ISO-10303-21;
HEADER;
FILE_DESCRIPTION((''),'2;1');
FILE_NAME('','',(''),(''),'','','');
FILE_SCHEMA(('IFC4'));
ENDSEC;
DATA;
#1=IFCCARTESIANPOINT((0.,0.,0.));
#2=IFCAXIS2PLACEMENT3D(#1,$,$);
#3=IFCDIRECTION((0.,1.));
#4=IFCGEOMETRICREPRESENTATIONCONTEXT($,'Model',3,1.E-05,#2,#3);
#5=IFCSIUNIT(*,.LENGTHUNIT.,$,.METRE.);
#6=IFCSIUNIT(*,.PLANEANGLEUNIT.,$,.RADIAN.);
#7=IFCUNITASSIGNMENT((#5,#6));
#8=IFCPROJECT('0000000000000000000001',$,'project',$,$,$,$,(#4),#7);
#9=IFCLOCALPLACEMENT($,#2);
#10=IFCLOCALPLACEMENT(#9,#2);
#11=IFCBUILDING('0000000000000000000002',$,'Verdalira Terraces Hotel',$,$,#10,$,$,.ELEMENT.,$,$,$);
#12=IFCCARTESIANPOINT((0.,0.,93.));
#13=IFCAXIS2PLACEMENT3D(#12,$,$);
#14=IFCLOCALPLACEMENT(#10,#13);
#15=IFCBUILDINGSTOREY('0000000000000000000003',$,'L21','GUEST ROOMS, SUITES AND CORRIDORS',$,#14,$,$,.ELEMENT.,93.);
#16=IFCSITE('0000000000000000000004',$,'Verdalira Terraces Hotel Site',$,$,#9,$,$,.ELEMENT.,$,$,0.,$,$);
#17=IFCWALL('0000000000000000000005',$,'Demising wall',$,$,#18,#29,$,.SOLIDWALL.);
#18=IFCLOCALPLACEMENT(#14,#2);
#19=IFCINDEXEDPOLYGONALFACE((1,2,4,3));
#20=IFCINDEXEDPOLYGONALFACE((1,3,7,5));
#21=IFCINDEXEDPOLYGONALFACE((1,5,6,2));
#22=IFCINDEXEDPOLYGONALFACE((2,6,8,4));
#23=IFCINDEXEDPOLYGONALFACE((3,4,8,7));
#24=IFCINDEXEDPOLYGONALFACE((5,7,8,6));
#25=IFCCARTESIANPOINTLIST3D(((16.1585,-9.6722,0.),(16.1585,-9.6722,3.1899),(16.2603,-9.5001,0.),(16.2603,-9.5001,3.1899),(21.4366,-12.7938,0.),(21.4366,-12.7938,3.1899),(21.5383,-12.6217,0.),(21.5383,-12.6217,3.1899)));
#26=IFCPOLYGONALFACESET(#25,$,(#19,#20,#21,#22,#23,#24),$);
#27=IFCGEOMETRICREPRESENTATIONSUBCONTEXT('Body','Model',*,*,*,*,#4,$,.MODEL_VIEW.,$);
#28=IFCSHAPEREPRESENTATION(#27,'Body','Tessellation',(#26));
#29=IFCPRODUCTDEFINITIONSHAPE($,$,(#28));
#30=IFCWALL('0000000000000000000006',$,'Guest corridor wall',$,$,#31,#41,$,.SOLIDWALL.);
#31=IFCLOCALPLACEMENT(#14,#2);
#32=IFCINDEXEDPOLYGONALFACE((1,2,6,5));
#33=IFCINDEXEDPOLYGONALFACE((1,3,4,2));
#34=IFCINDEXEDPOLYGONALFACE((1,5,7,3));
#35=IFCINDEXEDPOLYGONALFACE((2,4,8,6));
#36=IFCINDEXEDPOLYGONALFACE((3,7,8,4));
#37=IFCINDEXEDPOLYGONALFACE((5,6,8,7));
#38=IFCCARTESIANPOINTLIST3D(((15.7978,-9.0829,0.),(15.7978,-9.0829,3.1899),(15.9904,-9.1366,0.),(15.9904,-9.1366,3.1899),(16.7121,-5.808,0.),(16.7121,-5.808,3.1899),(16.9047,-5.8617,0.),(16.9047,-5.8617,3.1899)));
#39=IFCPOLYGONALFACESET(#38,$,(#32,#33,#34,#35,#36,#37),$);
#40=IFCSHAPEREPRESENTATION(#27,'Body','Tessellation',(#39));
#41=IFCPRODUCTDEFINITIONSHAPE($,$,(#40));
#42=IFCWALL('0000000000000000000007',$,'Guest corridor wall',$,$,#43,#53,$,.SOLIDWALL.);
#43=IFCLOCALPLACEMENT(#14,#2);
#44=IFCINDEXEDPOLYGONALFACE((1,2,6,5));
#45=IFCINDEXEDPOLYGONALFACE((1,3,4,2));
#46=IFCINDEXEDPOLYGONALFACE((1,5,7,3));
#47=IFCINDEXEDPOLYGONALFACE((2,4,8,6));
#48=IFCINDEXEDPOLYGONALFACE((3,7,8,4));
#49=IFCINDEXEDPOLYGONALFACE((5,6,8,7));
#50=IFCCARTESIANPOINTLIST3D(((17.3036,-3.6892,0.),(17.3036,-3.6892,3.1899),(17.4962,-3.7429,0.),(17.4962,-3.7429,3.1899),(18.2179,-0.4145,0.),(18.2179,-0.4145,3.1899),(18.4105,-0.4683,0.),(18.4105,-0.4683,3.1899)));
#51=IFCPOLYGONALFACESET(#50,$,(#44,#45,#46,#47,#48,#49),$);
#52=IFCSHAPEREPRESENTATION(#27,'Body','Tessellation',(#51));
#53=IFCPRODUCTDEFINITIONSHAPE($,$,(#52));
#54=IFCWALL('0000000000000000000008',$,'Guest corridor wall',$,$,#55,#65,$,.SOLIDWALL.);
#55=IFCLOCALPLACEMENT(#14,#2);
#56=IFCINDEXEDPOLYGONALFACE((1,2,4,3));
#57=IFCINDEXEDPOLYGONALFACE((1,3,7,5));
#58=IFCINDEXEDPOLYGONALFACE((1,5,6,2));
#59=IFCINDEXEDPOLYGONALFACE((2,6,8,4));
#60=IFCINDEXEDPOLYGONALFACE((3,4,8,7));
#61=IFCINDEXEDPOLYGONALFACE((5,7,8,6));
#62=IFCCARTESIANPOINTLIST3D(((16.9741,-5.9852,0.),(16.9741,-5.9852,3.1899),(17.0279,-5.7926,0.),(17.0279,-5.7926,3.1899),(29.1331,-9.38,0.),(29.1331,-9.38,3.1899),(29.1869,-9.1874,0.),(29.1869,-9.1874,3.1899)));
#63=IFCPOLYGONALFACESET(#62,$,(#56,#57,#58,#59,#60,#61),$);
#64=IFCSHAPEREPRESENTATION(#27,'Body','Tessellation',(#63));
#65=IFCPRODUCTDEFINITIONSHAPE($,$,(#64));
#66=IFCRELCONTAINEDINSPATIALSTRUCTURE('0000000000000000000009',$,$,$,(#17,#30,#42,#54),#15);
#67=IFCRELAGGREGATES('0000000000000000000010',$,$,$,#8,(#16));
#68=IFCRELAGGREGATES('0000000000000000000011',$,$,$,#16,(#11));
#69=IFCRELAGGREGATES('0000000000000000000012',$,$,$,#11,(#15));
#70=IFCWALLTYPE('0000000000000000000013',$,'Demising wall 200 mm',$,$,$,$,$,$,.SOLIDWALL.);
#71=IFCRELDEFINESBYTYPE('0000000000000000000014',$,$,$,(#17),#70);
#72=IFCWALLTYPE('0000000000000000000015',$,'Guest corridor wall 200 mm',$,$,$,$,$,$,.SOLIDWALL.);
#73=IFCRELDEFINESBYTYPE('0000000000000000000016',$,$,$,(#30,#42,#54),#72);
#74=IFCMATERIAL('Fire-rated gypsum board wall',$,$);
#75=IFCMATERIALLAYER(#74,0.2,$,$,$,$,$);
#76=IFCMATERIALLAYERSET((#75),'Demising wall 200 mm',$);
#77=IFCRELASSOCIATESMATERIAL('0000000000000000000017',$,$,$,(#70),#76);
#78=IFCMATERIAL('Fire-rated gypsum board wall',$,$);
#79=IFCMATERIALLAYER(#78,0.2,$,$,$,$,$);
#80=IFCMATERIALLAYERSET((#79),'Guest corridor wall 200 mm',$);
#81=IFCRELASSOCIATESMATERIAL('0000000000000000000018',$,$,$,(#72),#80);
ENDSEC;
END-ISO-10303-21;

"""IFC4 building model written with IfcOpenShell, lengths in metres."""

from ifc_helpers import new_model, si_unit, direction, frame, frame_2d, origin, place, context, subcontext, project, spatial, rectangle, extrude, material, layer, layer_set, type_object, element, save


model = new_model("IFC4")

# Units and contexts
model_context = context("Model", 3, precision=1e-05, world=origin(), true_north=direction((0.0, 1.0)))
body_context = subcontext(model_context, "Body", "Model", "MODEL_VIEW")
ifc_project = project(units=[si_unit("LENGTHUNIT", "METRE"), si_unit("PLANEANGLEUNIT", "RADIAN")], contexts=[model_context])

# Site, building, storey
site_placement = place(None, origin())
site = spatial("IfcSite", under=ifc_project, at=site_placement, Name="Verdalira Terraces Hotel Site", CompositionType="ELEMENT", RefElevation=0.0)
building_placement = place(site_placement, origin())
building = spatial("IfcBuilding", under=site, at=building_placement, Name="Verdalira Terraces Hotel", CompositionType="ELEMENT")
storey_placement = place(building_placement, frame((0.0, 0.0, 93.0)))
storey = spatial("IfcBuildingStorey", under=building, at=storey_placement, Name="L21", Description="GUEST ROOMS, SUITES AND CORRIDORS", CompositionType="ELEMENT", Elevation=93.0)

# Walls
ifc_material_1 = material(Name="Fire-rated gypsum board wall")
ifc_layer_1 = layer(ifc_material_1, 0.2)
ifc_layer_set_1 = layer_set([ifc_layer_1], Name="Demising wall 200 mm")
wall_type_1 = type_object("IfcWallType", Name="Demising wall 200 mm", PredefinedType="SOLIDWALL", material=ifc_layer_set_1)
wall_1_placement = place(storey_placement, frame((16.2095, -9.5862, 0.0), z_axis=(0.0, 0.0, 1.0), x_axis=(0.860732, -0.509058, 0.0)))
element("IfcWall", 1, at=wall_1_placement, inside=storey, type_object=wall_type_1, Name="Demising wall", PredefinedType="SOLIDWALL", context=body_context, shape_type="SweptSolid", body=[
    extrude(rectangle(XDim=6.1321, YDim=0.2, at=frame_2d((3.0659, 0.0))), origin(), (0.0, 0.0, 1.0), 3.1899),
])
ifc_material_2 = material(Name="Fire-rated gypsum board wall")
ifc_layer_2 = layer(ifc_material_2, 0.2)
ifc_layer_set_2 = layer_set([ifc_layer_2], Name="Guest corridor wall 200 mm")
wall_type_2 = type_object("IfcWallType", Name="Guest corridor wall 200 mm", PredefinedType="SOLIDWALL", material=ifc_layer_set_2)
wall_2_placement = place(storey_placement, frame((15.894, -9.1099, 0.0), z_axis=(0.0, 0.0, 1.0), x_axis=(0.268903, 0.963167, 0.0)))
element("IfcWall", 2, at=wall_2_placement, inside=storey, type_object=wall_type_2, Name="Guest corridor wall", PredefinedType="SOLIDWALL", context=body_context, shape_type="SweptSolid", body=[
    extrude(rectangle(XDim=3.4001, YDim=0.2, at=frame_2d((1.7002, 0.0))), origin(), (0.0, 0.0, 1.0), 3.1899),
])
wall_3_placement = place(storey_placement, frame((17.3999, -3.7161, 0.0), z_axis=(0.0, 0.0, 1.0), x_axis=(0.268921, 0.963162, 0.0)))
element("IfcWall", 3, at=wall_3_placement, inside=storey, type_object=wall_type_2, Name="Guest corridor wall", PredefinedType="SOLIDWALL", context=body_context, shape_type="SweptSolid", body=[
    extrude(rectangle(XDim=3.3999, YDim=0.2, at=frame_2d((1.7, 0.0))), origin(), (0.0, 0.0, 1.0), 3.1899),
])
wall_4_placement = place(storey_placement, frame((17.001, -5.8889, 0.0), z_axis=(0.0, 0.0, 1.0), x_axis=(0.963164, -0.268915, 0.0)))
element("IfcWall", 4, at=wall_4_placement, inside=storey, type_object=wall_type_2, Name="Guest corridor wall", PredefinedType="SOLIDWALL", context=body_context, shape_type="SweptSolid", body=[
    extrude(rectangle(XDim=12.624, YDim=0.2, at=frame_2d((6.312, 0.0))), origin(), (0.0, 0.0, 1.0), 3.1899),
])

save(model, "model.ifc")
